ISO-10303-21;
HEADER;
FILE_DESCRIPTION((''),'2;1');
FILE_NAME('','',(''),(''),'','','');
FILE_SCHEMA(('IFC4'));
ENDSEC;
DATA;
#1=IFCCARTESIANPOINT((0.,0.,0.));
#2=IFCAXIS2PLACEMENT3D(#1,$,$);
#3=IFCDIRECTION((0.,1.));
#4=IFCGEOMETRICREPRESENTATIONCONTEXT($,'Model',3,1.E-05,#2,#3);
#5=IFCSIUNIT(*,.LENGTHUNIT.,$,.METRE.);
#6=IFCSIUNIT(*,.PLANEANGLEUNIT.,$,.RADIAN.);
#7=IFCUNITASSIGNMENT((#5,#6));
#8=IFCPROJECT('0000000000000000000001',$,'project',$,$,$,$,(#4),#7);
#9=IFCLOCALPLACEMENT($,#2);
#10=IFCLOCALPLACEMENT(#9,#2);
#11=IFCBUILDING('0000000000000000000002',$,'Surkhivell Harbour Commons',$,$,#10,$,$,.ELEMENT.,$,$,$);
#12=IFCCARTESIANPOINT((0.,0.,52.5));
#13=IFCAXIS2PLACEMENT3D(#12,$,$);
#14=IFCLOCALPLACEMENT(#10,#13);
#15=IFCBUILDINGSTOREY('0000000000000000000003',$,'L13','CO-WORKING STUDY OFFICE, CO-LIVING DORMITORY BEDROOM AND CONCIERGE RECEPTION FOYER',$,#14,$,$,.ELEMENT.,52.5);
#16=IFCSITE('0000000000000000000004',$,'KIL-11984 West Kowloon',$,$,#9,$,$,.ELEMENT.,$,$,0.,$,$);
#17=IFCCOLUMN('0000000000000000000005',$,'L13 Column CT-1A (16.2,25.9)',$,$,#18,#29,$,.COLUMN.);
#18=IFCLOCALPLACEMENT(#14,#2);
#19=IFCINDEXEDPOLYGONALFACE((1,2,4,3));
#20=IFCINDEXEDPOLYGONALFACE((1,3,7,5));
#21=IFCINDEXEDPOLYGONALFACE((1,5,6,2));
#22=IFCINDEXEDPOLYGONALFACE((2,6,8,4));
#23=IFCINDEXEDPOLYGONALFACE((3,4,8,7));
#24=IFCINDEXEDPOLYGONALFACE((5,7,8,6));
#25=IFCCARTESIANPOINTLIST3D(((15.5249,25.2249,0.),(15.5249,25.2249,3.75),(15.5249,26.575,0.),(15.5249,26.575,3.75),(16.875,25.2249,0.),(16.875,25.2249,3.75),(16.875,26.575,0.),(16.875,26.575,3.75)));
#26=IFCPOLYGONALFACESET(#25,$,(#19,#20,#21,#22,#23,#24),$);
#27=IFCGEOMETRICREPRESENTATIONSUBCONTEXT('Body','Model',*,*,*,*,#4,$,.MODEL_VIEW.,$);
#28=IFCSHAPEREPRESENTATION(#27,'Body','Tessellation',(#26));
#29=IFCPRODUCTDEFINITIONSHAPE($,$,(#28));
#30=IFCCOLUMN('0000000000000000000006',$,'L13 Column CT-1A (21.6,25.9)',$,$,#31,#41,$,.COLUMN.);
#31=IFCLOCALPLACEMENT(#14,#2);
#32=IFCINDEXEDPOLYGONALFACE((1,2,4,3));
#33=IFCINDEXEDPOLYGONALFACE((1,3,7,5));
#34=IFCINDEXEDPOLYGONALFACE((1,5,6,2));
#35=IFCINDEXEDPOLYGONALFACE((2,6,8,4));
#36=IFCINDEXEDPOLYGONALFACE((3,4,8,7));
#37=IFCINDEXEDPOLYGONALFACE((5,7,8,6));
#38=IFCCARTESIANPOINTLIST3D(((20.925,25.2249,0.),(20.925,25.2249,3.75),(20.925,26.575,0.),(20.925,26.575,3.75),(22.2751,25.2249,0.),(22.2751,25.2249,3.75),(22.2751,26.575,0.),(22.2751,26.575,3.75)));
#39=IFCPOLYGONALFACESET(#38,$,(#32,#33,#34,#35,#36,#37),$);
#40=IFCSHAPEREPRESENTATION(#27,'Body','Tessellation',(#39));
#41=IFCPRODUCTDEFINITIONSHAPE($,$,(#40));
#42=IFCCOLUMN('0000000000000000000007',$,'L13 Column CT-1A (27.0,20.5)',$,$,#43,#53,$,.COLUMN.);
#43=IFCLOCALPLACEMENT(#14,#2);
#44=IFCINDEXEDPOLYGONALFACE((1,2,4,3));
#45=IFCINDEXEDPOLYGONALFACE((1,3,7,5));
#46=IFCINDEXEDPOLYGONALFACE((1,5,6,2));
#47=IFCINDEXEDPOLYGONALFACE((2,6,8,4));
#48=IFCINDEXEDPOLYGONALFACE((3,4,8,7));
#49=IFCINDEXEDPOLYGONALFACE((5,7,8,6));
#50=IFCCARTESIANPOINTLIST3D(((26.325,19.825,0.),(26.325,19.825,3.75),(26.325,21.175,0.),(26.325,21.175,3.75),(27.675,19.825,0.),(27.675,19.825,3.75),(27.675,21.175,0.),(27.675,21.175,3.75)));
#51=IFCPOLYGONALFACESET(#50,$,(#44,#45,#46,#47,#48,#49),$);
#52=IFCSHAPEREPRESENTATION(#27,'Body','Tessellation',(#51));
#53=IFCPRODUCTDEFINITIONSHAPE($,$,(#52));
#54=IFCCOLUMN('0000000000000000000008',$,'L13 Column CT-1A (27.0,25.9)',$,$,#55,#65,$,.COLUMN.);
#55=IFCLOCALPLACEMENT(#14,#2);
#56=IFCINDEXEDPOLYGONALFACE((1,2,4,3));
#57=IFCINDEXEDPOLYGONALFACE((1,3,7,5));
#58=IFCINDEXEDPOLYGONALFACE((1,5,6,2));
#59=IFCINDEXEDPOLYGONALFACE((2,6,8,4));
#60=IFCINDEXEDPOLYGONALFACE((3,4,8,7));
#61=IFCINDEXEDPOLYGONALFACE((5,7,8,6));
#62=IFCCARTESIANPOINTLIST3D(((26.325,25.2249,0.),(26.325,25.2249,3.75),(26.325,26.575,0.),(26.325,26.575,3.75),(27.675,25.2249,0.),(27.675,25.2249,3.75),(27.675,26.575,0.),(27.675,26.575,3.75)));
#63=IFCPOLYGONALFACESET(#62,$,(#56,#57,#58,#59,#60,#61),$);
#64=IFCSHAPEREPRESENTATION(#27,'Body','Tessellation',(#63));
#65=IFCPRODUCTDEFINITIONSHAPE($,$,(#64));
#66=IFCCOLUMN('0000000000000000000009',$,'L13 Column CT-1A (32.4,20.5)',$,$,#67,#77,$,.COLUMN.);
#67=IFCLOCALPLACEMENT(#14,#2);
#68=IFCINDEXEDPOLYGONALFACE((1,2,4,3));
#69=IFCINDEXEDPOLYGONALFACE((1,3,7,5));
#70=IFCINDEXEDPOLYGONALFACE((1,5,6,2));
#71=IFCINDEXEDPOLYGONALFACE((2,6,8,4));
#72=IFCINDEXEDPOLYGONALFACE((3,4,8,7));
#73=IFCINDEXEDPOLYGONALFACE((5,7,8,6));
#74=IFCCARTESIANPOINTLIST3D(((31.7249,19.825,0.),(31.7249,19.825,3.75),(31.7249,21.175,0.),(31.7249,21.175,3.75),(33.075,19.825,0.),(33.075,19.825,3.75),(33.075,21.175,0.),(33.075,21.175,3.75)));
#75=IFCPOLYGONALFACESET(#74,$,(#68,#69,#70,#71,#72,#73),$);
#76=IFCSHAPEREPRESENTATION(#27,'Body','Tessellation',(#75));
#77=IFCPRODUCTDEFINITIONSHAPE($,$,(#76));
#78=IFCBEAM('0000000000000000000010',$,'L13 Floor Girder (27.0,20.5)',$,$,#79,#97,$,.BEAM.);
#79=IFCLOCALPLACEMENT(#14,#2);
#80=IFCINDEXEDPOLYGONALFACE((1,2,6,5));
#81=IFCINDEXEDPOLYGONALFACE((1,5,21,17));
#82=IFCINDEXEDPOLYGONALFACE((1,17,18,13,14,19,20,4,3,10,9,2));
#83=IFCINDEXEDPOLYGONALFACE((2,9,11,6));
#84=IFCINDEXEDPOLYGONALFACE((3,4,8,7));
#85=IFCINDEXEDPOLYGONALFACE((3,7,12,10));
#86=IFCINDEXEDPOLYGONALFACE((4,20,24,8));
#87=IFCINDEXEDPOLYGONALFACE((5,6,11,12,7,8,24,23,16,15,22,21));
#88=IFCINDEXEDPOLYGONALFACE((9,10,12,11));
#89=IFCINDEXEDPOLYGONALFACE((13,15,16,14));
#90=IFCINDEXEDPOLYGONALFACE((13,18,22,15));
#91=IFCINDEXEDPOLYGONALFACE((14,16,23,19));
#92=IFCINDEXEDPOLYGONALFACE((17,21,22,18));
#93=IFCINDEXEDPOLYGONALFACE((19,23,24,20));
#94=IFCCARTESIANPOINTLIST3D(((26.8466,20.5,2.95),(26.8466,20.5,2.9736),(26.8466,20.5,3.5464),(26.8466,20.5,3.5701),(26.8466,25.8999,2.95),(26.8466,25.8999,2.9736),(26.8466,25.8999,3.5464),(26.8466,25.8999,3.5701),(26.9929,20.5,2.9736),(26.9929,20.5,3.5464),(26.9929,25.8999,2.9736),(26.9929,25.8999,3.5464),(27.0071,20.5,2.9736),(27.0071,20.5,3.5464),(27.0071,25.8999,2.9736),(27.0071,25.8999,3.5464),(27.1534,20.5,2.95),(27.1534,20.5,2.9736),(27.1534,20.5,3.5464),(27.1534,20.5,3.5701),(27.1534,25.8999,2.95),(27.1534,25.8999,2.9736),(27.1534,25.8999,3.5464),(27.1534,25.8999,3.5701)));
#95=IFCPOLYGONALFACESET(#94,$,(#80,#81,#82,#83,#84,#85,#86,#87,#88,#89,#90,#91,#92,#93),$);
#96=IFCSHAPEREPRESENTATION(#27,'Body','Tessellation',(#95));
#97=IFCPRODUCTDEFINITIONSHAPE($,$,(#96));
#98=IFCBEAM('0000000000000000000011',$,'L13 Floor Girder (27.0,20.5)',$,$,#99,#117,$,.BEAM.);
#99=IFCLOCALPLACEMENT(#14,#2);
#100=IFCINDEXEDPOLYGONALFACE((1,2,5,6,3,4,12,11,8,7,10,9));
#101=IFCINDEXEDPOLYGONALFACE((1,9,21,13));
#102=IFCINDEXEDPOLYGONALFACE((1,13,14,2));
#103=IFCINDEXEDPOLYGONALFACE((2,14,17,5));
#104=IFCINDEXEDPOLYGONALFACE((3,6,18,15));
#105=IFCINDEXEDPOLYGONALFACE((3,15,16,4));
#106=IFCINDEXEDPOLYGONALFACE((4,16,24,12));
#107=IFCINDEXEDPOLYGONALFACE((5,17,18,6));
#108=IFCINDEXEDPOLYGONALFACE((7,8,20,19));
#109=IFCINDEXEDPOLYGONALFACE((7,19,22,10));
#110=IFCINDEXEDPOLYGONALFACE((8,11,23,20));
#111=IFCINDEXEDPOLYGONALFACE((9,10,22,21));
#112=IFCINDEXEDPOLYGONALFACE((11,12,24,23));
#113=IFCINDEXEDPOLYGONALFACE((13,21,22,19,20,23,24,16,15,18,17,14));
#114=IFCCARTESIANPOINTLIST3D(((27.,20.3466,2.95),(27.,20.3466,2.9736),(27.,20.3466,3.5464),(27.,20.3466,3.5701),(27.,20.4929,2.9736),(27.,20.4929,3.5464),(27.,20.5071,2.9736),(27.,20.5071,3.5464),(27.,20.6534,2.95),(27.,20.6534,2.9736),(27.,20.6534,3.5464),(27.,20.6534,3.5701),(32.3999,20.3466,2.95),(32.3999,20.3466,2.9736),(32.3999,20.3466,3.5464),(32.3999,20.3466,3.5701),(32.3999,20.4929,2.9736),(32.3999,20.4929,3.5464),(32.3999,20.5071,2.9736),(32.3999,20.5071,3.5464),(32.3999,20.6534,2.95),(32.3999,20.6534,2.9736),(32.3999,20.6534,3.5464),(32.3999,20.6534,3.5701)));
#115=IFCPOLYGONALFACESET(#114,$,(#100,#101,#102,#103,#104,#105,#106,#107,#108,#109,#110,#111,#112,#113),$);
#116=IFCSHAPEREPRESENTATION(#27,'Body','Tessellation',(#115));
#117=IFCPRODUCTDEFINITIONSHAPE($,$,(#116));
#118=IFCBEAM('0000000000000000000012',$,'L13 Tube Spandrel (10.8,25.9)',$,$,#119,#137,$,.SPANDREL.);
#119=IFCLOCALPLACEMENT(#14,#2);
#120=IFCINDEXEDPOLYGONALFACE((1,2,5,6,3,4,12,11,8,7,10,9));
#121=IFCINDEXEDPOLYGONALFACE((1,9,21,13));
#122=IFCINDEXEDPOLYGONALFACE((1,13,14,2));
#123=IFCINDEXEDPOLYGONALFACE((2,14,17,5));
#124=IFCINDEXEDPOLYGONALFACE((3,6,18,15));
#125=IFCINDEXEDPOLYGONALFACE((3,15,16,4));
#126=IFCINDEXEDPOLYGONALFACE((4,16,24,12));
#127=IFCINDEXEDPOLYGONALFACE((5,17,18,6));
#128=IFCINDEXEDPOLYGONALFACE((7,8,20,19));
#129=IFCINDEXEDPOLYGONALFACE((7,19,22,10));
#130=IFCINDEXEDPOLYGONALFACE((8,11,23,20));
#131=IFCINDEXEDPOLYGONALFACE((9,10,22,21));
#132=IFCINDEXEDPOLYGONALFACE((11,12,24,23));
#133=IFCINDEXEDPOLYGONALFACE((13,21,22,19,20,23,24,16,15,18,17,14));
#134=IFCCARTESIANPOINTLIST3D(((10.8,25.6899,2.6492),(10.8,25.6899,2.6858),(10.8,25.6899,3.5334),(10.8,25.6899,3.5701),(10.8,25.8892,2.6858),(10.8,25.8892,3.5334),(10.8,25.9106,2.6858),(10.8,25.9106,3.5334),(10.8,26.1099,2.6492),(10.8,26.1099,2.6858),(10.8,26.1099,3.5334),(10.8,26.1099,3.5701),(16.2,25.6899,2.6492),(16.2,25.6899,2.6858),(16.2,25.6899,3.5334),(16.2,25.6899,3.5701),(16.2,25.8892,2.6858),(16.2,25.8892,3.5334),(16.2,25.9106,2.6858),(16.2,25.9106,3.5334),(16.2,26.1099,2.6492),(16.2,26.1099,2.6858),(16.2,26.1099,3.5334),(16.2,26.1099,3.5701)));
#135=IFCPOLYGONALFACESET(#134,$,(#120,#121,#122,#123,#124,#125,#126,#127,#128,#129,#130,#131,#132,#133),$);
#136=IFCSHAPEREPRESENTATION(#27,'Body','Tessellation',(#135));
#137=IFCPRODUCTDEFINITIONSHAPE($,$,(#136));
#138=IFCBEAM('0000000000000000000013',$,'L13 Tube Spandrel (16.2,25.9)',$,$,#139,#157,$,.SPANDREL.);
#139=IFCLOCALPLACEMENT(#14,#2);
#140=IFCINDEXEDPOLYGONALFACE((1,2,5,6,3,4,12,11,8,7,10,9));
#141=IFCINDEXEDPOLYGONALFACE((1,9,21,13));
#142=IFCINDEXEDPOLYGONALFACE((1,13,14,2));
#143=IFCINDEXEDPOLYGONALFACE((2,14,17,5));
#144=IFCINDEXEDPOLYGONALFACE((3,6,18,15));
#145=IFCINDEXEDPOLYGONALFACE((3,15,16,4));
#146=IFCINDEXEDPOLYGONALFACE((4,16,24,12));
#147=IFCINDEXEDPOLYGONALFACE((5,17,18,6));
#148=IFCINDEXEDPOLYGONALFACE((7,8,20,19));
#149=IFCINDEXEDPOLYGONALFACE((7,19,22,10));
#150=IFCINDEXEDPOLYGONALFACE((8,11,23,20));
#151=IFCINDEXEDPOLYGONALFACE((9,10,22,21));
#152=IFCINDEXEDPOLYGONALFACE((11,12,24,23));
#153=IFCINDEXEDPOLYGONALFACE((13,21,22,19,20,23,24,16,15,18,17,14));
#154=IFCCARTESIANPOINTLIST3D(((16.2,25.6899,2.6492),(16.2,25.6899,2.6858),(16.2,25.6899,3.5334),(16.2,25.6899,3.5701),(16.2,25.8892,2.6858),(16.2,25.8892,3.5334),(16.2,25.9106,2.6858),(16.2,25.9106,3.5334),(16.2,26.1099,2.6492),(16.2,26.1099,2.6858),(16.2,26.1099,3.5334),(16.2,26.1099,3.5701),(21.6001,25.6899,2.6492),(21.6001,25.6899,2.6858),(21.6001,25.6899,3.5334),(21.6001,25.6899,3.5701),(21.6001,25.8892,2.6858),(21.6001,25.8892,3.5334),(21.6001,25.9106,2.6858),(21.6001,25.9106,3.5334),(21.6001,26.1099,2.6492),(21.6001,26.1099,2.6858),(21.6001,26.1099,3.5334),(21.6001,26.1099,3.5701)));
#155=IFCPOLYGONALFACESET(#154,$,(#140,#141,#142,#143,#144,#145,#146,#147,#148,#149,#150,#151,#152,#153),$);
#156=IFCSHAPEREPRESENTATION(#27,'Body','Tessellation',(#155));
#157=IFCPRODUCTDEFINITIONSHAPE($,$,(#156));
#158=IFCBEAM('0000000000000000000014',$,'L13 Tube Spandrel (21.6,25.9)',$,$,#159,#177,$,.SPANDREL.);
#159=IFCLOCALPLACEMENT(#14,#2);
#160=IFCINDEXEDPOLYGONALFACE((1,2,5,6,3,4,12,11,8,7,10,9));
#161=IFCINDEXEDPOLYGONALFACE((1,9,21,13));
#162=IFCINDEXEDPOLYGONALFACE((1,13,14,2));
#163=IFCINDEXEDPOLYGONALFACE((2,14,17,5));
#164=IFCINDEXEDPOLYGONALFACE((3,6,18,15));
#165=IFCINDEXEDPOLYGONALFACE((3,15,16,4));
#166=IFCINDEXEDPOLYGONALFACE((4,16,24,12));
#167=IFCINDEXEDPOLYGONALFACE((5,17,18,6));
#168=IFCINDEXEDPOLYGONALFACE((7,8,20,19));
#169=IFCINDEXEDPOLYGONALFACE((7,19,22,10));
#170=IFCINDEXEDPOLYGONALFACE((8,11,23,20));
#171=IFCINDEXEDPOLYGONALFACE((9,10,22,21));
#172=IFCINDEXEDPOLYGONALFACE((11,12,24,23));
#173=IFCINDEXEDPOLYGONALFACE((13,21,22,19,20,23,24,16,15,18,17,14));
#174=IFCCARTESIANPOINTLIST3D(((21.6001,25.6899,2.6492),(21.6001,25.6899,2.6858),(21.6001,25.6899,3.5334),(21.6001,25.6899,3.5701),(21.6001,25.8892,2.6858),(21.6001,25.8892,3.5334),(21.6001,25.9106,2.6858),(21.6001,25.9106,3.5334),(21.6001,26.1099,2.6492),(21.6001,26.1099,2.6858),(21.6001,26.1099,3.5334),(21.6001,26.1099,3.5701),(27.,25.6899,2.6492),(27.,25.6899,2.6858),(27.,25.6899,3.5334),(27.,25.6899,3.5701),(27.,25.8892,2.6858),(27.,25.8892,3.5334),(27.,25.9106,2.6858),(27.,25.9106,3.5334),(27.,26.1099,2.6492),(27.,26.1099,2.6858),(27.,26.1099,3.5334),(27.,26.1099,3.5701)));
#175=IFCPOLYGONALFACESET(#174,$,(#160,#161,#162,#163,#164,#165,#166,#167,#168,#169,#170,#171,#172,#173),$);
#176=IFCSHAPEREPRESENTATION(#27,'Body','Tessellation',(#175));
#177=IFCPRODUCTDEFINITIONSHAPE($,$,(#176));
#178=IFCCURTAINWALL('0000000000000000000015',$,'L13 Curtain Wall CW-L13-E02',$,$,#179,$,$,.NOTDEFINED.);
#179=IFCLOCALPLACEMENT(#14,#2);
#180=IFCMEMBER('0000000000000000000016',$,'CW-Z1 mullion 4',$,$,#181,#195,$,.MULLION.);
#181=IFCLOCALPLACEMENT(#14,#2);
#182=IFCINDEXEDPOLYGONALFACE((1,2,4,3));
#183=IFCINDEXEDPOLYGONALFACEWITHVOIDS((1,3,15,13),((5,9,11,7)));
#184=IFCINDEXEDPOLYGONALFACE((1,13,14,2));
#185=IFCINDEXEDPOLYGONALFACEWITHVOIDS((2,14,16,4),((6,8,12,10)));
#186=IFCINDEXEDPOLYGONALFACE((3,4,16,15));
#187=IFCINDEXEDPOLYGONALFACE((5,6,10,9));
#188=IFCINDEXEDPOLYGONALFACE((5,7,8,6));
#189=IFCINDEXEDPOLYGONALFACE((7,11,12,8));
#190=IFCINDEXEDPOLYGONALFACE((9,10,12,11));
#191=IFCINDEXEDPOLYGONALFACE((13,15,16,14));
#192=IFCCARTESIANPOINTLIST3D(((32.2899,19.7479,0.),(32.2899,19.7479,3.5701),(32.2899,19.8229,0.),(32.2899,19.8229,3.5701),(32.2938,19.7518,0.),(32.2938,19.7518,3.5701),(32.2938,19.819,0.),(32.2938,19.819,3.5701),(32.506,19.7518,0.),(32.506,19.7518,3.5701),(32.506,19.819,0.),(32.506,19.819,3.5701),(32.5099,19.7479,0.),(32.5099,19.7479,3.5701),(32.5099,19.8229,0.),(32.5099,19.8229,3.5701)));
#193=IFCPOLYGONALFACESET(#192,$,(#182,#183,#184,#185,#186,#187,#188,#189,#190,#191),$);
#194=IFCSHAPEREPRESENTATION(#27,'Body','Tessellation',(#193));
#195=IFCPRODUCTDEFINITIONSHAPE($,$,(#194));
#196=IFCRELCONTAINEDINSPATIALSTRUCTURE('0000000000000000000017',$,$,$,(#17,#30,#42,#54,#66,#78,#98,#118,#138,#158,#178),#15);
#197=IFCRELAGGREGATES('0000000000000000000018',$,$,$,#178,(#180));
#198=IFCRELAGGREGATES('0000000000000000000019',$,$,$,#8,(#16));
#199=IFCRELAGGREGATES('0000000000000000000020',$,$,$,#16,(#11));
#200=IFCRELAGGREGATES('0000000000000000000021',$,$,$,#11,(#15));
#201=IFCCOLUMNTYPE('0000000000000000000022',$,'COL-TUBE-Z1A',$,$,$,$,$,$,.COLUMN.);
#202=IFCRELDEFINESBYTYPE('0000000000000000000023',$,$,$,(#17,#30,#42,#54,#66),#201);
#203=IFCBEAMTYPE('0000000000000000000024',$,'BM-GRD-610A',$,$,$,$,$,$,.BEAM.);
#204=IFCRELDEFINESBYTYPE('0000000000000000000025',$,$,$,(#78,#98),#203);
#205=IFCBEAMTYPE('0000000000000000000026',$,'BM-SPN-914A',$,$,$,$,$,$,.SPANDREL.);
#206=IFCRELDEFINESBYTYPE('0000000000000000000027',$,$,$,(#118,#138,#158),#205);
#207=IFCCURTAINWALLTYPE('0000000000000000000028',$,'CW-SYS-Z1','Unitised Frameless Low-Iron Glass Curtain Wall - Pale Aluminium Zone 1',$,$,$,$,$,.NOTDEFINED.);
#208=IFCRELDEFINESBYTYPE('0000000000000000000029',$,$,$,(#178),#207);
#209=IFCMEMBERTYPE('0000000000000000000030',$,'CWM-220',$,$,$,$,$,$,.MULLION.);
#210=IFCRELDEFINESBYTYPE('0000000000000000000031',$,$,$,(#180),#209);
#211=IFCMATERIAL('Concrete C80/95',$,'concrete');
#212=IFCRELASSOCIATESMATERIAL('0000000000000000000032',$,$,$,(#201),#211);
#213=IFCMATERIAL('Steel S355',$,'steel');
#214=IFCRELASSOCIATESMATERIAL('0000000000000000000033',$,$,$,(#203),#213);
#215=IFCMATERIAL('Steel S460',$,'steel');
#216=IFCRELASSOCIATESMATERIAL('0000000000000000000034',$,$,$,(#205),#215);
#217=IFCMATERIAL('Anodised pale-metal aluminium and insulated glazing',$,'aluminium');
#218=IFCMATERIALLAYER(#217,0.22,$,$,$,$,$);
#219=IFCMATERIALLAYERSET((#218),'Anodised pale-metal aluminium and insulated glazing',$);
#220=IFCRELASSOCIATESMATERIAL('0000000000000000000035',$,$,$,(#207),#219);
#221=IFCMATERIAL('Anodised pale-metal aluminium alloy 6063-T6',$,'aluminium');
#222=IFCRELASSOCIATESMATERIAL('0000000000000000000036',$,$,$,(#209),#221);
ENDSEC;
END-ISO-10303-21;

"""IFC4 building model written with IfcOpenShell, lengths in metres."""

from ifc_helpers import new_model, si_unit, direction, frame, origin, origin_2d, place, context, subcontext, project, spatial, rectangle, hollow_rectangle, i_section, extrude, material, layer, layer_set, material_profile, profile_set, type_object, element, aggregate, save


model = new_model("IFC4")

# Units and contexts
model_context = context("Model", 3, precision=1e-05, world=origin(), true_north=direction((0.0, 1.0)))
body_context = subcontext(model_context, "Body", "Model", "MODEL_VIEW")
ifc_project = project(units=[si_unit("LENGTHUNIT", "METRE"), si_unit("PLANEANGLEUNIT", "RADIAN")], contexts=[model_context])

# Site, building, storey
site_placement = place(None, origin())
site = spatial("IfcSite", under=ifc_project, at=site_placement, Name="KIL-11984 West Kowloon", CompositionType="ELEMENT", RefElevation=0.0)
building_placement = place(site_placement, origin())
building = spatial("IfcBuilding", under=site, at=building_placement, Name="Surkhivell Harbour Commons", CompositionType="ELEMENT")
storey_placement = place(building_placement, frame((0.0, 0.0, 52.5)))
storey = spatial("IfcBuildingStorey", under=building, at=storey_placement, Name="L13", Description="CO-WORKING STUDY OFFICE, CO-LIVING DORMITORY BEDROOM AND CONCIERGE RECEPTION FOYER", CompositionType="ELEMENT", Elevation=52.5)

# Columns
ifc_material_1 = material(Name="Concrete C80/95", Category="concrete")
ifc_material_profile_1 = material_profile(ifc_material_1, rectangle(XDim=1.3501, YDim=1.3501, at=origin_2d()), Name="RC-COL-1350x1350")
ifc_profile_set_1 = profile_set([ifc_material_profile_1], Name="Concrete C80/95")
column_type = type_object("IfcColumnType", Name="COL-TUBE-Z1A", PredefinedType="COLUMN", material=ifc_profile_set_1)
for number, where, z_axis, x_axis, name in (
    (1, (16.2, 25.8999, 0.0), (0.0, 0.0, 1.0), (1.0, 0.0, 0.0), "L13 Column CT-1A (16.2,25.9)"),
    (2, (21.6001, 25.8999, 0.0), (0.0, 0.0, 1.0), (1.0, 0.0, 0.0), "L13 Column CT-1A (21.6,25.9)"),
    (3, (27.0, 20.5, 0.0), (0.0, 0.0, 1.0), (1.0, 0.0, 0.0), "L13 Column CT-1A (27.0,20.5)"),
    (4, (27.0, 25.8999, 0.0), (0.0, 0.0, 1.0), (1.0, 0.0, 0.0), "L13 Column CT-1A (27.0,25.9)"),
    (5, (32.3999, 20.5, 0.0), (0.0, 0.0, 1.0), (1.0, 0.0, 0.0), "L13 Column CT-1A (32.4,20.5)"),
):
    element("IfcColumn", number, at=place(storey_placement, frame(where, z_axis=z_axis, x_axis=x_axis)), inside=storey, type_object=column_type, Name=name, PredefinedType="COLUMN", context=body_context, shape_type="SweptSolid", body=[
        extrude(rectangle(XDim=1.3501, YDim=1.3501, at=origin_2d()), origin(), (0.0, 0.0, 1.0), 3.75),
    ])

# Beams
ifc_material_2 = material(Name="Steel S355", Category="steel")
ifc_material_profile_2 = material_profile(ifc_material_2, i_section(OverallWidth=0.3069, OverallDepth=0.6201, WebThickness=0.0142, FlangeThickness=0.0237, at=origin_2d()), Name="UB610x305x179")
ifc_profile_set_2 = profile_set([ifc_material_profile_2], Name="Steel S355")
beam_type_1 = type_object("IfcBeamType", Name="BM-GRD-610A", PredefinedType="BEAM", material=ifc_profile_set_2)
for number, where, z_axis, x_axis, name in (
    (6, (27.0, 20.5, 3.26), (0.0, 1.0, 0.0), (-1.0, 0.0, 0.0), "L13 Floor Girder (27.0,20.5)"),
    (7, (27.0, 20.5, 3.26), (1.0, 0.0, 0.0), (0.0, 1.0, 0.0), "L13 Floor Girder (27.0,20.5)"),
):
    element("IfcBeam", number, at=place(storey_placement, frame(where, z_axis=z_axis, x_axis=x_axis)), inside=storey, type_object=beam_type_1, Name=name, PredefinedType="BEAM", context=body_context, shape_type="SweptSolid", body=[
        extrude(i_section(OverallWidth=0.3069, OverallDepth=0.6201, WebThickness=0.0142, FlangeThickness=0.0237, at=origin_2d()), origin(), (0.0, 0.0, 1.0), 5.3999),
    ])
ifc_material_3 = material(Name="Steel S460", Category="steel")
ifc_material_profile_3 = material_profile(ifc_material_3, i_section(OverallWidth=0.4199, OverallDepth=0.9209, WebThickness=0.0215, FlangeThickness=0.0366, at=origin_2d()), Name="UB914x419x388")
ifc_profile_set_3 = profile_set([ifc_material_profile_3], Name="Steel S460")
beam_type_2 = type_object("IfcBeamType", Name="BM-SPN-914A", PredefinedType="SPANDREL", material=ifc_profile_set_3)
beam_1_placement = place(storey_placement, frame((10.8, 25.8999, 3.1096), z_axis=(1.0, 0.0, 0.0), x_axis=(0.0, 1.0, 0.0)))
element("IfcBeam", 8, at=beam_1_placement, inside=storey, type_object=beam_type_2, Name="L13 Tube Spandrel (10.8,25.9)", PredefinedType="SPANDREL", context=body_context, shape_type="SweptSolid", body=[
    extrude(i_section(OverallWidth=0.4199, OverallDepth=0.9209, WebThickness=0.0215, FlangeThickness=0.0366, at=origin_2d()), origin(), (0.0, 0.0, 1.0), 5.3999),
])
beam_2_placement = place(storey_placement, frame((16.2, 25.8999, 3.1096), z_axis=(1.0, 0.0, 0.0), x_axis=(0.0, 1.0, 0.0)))
element("IfcBeam", 9, at=beam_2_placement, inside=storey, type_object=beam_type_2, Name="L13 Tube Spandrel (16.2,25.9)", PredefinedType="SPANDREL", context=body_context, shape_type="SweptSolid", body=[
    extrude(i_section(OverallWidth=0.4199, OverallDepth=0.9209, WebThickness=0.0215, FlangeThickness=0.0366, at=origin_2d()), origin(), (0.0, 0.0, 1.0), 5.4001),
])
beam_3_placement = place(storey_placement, frame((21.6001, 25.8999, 3.1096), z_axis=(1.0, 0.0, 0.0), x_axis=(0.0, 1.0, 0.0)))
element("IfcBeam", 10, at=beam_3_placement, inside=storey, type_object=beam_type_2, Name="L13 Tube Spandrel (21.6,25.9)", PredefinedType="SPANDREL", context=body_context, shape_type="SweptSolid", body=[
    extrude(i_section(OverallWidth=0.4199, OverallDepth=0.9209, WebThickness=0.0215, FlangeThickness=0.0366, at=origin_2d()), origin(), (0.0, 0.0, 1.0), 5.3999),
])

# Curtain wall, member
ifc_material_4 = material(Name="Anodised pale-metal aluminium and insulated glazing", Category="aluminium")
ifc_layer_1 = layer(ifc_material_4, 0.22)
ifc_layer_set_1 = layer_set([ifc_layer_1], Name="Anodised pale-metal aluminium and insulated glazing")
curtain_wall_type = type_object("IfcCurtainWallType", Name="CW-SYS-Z1", Description="Unitised Frameless Low-Iron Glass Curtain Wall - Pale Aluminium Zone 1", PredefinedType="NOTDEFINED", material=ifc_layer_set_1)
curtain_wall_1_placement = place(storey_placement, origin())
curtain_wall_1 = element("IfcCurtainWall", 11, at=curtain_wall_1_placement, inside=storey, type_object=curtain_wall_type, Name="L13 Curtain Wall CW-L13-E02", PredefinedType="NOTDEFINED")
ifc_material_5 = material(Name="Anodised pale-metal aluminium alloy 6063-T6", Category="aluminium")
ifc_material_profile_4 = material_profile(ifc_material_5, hollow_rectangle(XDim=0.075, YDim=0.22, WallThickness=0.0039, at=origin_2d()), Name="ALU-MULL-75x220")
ifc_profile_set_4 = profile_set([ifc_material_profile_4], Name="Anodised pale-metal aluminium alloy 6063-T6")
member_type_1 = type_object("IfcMemberType", Name="CWM-220", PredefinedType="MULLION", material=ifc_profile_set_4)
member_1_placement = place(storey_placement, frame((32.3999, 19.7854, 0.0), z_axis=(0.0, 0.0, 1.0), x_axis=(0.0, 1.0, 0.0)))
member_1 = element("IfcMember", 12, at=member_1_placement, type_object=member_type_1, Name="CW-Z1 mullion 4", PredefinedType="MULLION", context=body_context, shape_type="SweptSolid", body=[
    extrude(hollow_rectangle(XDim=0.075, YDim=0.22, WallThickness=0.0039, at=origin_2d()), origin(), (0.0, 0.0, 1.0), 3.5701),
])
aggregate(curtain_wall_1, [member_1])

save(model, "model.ifc")
